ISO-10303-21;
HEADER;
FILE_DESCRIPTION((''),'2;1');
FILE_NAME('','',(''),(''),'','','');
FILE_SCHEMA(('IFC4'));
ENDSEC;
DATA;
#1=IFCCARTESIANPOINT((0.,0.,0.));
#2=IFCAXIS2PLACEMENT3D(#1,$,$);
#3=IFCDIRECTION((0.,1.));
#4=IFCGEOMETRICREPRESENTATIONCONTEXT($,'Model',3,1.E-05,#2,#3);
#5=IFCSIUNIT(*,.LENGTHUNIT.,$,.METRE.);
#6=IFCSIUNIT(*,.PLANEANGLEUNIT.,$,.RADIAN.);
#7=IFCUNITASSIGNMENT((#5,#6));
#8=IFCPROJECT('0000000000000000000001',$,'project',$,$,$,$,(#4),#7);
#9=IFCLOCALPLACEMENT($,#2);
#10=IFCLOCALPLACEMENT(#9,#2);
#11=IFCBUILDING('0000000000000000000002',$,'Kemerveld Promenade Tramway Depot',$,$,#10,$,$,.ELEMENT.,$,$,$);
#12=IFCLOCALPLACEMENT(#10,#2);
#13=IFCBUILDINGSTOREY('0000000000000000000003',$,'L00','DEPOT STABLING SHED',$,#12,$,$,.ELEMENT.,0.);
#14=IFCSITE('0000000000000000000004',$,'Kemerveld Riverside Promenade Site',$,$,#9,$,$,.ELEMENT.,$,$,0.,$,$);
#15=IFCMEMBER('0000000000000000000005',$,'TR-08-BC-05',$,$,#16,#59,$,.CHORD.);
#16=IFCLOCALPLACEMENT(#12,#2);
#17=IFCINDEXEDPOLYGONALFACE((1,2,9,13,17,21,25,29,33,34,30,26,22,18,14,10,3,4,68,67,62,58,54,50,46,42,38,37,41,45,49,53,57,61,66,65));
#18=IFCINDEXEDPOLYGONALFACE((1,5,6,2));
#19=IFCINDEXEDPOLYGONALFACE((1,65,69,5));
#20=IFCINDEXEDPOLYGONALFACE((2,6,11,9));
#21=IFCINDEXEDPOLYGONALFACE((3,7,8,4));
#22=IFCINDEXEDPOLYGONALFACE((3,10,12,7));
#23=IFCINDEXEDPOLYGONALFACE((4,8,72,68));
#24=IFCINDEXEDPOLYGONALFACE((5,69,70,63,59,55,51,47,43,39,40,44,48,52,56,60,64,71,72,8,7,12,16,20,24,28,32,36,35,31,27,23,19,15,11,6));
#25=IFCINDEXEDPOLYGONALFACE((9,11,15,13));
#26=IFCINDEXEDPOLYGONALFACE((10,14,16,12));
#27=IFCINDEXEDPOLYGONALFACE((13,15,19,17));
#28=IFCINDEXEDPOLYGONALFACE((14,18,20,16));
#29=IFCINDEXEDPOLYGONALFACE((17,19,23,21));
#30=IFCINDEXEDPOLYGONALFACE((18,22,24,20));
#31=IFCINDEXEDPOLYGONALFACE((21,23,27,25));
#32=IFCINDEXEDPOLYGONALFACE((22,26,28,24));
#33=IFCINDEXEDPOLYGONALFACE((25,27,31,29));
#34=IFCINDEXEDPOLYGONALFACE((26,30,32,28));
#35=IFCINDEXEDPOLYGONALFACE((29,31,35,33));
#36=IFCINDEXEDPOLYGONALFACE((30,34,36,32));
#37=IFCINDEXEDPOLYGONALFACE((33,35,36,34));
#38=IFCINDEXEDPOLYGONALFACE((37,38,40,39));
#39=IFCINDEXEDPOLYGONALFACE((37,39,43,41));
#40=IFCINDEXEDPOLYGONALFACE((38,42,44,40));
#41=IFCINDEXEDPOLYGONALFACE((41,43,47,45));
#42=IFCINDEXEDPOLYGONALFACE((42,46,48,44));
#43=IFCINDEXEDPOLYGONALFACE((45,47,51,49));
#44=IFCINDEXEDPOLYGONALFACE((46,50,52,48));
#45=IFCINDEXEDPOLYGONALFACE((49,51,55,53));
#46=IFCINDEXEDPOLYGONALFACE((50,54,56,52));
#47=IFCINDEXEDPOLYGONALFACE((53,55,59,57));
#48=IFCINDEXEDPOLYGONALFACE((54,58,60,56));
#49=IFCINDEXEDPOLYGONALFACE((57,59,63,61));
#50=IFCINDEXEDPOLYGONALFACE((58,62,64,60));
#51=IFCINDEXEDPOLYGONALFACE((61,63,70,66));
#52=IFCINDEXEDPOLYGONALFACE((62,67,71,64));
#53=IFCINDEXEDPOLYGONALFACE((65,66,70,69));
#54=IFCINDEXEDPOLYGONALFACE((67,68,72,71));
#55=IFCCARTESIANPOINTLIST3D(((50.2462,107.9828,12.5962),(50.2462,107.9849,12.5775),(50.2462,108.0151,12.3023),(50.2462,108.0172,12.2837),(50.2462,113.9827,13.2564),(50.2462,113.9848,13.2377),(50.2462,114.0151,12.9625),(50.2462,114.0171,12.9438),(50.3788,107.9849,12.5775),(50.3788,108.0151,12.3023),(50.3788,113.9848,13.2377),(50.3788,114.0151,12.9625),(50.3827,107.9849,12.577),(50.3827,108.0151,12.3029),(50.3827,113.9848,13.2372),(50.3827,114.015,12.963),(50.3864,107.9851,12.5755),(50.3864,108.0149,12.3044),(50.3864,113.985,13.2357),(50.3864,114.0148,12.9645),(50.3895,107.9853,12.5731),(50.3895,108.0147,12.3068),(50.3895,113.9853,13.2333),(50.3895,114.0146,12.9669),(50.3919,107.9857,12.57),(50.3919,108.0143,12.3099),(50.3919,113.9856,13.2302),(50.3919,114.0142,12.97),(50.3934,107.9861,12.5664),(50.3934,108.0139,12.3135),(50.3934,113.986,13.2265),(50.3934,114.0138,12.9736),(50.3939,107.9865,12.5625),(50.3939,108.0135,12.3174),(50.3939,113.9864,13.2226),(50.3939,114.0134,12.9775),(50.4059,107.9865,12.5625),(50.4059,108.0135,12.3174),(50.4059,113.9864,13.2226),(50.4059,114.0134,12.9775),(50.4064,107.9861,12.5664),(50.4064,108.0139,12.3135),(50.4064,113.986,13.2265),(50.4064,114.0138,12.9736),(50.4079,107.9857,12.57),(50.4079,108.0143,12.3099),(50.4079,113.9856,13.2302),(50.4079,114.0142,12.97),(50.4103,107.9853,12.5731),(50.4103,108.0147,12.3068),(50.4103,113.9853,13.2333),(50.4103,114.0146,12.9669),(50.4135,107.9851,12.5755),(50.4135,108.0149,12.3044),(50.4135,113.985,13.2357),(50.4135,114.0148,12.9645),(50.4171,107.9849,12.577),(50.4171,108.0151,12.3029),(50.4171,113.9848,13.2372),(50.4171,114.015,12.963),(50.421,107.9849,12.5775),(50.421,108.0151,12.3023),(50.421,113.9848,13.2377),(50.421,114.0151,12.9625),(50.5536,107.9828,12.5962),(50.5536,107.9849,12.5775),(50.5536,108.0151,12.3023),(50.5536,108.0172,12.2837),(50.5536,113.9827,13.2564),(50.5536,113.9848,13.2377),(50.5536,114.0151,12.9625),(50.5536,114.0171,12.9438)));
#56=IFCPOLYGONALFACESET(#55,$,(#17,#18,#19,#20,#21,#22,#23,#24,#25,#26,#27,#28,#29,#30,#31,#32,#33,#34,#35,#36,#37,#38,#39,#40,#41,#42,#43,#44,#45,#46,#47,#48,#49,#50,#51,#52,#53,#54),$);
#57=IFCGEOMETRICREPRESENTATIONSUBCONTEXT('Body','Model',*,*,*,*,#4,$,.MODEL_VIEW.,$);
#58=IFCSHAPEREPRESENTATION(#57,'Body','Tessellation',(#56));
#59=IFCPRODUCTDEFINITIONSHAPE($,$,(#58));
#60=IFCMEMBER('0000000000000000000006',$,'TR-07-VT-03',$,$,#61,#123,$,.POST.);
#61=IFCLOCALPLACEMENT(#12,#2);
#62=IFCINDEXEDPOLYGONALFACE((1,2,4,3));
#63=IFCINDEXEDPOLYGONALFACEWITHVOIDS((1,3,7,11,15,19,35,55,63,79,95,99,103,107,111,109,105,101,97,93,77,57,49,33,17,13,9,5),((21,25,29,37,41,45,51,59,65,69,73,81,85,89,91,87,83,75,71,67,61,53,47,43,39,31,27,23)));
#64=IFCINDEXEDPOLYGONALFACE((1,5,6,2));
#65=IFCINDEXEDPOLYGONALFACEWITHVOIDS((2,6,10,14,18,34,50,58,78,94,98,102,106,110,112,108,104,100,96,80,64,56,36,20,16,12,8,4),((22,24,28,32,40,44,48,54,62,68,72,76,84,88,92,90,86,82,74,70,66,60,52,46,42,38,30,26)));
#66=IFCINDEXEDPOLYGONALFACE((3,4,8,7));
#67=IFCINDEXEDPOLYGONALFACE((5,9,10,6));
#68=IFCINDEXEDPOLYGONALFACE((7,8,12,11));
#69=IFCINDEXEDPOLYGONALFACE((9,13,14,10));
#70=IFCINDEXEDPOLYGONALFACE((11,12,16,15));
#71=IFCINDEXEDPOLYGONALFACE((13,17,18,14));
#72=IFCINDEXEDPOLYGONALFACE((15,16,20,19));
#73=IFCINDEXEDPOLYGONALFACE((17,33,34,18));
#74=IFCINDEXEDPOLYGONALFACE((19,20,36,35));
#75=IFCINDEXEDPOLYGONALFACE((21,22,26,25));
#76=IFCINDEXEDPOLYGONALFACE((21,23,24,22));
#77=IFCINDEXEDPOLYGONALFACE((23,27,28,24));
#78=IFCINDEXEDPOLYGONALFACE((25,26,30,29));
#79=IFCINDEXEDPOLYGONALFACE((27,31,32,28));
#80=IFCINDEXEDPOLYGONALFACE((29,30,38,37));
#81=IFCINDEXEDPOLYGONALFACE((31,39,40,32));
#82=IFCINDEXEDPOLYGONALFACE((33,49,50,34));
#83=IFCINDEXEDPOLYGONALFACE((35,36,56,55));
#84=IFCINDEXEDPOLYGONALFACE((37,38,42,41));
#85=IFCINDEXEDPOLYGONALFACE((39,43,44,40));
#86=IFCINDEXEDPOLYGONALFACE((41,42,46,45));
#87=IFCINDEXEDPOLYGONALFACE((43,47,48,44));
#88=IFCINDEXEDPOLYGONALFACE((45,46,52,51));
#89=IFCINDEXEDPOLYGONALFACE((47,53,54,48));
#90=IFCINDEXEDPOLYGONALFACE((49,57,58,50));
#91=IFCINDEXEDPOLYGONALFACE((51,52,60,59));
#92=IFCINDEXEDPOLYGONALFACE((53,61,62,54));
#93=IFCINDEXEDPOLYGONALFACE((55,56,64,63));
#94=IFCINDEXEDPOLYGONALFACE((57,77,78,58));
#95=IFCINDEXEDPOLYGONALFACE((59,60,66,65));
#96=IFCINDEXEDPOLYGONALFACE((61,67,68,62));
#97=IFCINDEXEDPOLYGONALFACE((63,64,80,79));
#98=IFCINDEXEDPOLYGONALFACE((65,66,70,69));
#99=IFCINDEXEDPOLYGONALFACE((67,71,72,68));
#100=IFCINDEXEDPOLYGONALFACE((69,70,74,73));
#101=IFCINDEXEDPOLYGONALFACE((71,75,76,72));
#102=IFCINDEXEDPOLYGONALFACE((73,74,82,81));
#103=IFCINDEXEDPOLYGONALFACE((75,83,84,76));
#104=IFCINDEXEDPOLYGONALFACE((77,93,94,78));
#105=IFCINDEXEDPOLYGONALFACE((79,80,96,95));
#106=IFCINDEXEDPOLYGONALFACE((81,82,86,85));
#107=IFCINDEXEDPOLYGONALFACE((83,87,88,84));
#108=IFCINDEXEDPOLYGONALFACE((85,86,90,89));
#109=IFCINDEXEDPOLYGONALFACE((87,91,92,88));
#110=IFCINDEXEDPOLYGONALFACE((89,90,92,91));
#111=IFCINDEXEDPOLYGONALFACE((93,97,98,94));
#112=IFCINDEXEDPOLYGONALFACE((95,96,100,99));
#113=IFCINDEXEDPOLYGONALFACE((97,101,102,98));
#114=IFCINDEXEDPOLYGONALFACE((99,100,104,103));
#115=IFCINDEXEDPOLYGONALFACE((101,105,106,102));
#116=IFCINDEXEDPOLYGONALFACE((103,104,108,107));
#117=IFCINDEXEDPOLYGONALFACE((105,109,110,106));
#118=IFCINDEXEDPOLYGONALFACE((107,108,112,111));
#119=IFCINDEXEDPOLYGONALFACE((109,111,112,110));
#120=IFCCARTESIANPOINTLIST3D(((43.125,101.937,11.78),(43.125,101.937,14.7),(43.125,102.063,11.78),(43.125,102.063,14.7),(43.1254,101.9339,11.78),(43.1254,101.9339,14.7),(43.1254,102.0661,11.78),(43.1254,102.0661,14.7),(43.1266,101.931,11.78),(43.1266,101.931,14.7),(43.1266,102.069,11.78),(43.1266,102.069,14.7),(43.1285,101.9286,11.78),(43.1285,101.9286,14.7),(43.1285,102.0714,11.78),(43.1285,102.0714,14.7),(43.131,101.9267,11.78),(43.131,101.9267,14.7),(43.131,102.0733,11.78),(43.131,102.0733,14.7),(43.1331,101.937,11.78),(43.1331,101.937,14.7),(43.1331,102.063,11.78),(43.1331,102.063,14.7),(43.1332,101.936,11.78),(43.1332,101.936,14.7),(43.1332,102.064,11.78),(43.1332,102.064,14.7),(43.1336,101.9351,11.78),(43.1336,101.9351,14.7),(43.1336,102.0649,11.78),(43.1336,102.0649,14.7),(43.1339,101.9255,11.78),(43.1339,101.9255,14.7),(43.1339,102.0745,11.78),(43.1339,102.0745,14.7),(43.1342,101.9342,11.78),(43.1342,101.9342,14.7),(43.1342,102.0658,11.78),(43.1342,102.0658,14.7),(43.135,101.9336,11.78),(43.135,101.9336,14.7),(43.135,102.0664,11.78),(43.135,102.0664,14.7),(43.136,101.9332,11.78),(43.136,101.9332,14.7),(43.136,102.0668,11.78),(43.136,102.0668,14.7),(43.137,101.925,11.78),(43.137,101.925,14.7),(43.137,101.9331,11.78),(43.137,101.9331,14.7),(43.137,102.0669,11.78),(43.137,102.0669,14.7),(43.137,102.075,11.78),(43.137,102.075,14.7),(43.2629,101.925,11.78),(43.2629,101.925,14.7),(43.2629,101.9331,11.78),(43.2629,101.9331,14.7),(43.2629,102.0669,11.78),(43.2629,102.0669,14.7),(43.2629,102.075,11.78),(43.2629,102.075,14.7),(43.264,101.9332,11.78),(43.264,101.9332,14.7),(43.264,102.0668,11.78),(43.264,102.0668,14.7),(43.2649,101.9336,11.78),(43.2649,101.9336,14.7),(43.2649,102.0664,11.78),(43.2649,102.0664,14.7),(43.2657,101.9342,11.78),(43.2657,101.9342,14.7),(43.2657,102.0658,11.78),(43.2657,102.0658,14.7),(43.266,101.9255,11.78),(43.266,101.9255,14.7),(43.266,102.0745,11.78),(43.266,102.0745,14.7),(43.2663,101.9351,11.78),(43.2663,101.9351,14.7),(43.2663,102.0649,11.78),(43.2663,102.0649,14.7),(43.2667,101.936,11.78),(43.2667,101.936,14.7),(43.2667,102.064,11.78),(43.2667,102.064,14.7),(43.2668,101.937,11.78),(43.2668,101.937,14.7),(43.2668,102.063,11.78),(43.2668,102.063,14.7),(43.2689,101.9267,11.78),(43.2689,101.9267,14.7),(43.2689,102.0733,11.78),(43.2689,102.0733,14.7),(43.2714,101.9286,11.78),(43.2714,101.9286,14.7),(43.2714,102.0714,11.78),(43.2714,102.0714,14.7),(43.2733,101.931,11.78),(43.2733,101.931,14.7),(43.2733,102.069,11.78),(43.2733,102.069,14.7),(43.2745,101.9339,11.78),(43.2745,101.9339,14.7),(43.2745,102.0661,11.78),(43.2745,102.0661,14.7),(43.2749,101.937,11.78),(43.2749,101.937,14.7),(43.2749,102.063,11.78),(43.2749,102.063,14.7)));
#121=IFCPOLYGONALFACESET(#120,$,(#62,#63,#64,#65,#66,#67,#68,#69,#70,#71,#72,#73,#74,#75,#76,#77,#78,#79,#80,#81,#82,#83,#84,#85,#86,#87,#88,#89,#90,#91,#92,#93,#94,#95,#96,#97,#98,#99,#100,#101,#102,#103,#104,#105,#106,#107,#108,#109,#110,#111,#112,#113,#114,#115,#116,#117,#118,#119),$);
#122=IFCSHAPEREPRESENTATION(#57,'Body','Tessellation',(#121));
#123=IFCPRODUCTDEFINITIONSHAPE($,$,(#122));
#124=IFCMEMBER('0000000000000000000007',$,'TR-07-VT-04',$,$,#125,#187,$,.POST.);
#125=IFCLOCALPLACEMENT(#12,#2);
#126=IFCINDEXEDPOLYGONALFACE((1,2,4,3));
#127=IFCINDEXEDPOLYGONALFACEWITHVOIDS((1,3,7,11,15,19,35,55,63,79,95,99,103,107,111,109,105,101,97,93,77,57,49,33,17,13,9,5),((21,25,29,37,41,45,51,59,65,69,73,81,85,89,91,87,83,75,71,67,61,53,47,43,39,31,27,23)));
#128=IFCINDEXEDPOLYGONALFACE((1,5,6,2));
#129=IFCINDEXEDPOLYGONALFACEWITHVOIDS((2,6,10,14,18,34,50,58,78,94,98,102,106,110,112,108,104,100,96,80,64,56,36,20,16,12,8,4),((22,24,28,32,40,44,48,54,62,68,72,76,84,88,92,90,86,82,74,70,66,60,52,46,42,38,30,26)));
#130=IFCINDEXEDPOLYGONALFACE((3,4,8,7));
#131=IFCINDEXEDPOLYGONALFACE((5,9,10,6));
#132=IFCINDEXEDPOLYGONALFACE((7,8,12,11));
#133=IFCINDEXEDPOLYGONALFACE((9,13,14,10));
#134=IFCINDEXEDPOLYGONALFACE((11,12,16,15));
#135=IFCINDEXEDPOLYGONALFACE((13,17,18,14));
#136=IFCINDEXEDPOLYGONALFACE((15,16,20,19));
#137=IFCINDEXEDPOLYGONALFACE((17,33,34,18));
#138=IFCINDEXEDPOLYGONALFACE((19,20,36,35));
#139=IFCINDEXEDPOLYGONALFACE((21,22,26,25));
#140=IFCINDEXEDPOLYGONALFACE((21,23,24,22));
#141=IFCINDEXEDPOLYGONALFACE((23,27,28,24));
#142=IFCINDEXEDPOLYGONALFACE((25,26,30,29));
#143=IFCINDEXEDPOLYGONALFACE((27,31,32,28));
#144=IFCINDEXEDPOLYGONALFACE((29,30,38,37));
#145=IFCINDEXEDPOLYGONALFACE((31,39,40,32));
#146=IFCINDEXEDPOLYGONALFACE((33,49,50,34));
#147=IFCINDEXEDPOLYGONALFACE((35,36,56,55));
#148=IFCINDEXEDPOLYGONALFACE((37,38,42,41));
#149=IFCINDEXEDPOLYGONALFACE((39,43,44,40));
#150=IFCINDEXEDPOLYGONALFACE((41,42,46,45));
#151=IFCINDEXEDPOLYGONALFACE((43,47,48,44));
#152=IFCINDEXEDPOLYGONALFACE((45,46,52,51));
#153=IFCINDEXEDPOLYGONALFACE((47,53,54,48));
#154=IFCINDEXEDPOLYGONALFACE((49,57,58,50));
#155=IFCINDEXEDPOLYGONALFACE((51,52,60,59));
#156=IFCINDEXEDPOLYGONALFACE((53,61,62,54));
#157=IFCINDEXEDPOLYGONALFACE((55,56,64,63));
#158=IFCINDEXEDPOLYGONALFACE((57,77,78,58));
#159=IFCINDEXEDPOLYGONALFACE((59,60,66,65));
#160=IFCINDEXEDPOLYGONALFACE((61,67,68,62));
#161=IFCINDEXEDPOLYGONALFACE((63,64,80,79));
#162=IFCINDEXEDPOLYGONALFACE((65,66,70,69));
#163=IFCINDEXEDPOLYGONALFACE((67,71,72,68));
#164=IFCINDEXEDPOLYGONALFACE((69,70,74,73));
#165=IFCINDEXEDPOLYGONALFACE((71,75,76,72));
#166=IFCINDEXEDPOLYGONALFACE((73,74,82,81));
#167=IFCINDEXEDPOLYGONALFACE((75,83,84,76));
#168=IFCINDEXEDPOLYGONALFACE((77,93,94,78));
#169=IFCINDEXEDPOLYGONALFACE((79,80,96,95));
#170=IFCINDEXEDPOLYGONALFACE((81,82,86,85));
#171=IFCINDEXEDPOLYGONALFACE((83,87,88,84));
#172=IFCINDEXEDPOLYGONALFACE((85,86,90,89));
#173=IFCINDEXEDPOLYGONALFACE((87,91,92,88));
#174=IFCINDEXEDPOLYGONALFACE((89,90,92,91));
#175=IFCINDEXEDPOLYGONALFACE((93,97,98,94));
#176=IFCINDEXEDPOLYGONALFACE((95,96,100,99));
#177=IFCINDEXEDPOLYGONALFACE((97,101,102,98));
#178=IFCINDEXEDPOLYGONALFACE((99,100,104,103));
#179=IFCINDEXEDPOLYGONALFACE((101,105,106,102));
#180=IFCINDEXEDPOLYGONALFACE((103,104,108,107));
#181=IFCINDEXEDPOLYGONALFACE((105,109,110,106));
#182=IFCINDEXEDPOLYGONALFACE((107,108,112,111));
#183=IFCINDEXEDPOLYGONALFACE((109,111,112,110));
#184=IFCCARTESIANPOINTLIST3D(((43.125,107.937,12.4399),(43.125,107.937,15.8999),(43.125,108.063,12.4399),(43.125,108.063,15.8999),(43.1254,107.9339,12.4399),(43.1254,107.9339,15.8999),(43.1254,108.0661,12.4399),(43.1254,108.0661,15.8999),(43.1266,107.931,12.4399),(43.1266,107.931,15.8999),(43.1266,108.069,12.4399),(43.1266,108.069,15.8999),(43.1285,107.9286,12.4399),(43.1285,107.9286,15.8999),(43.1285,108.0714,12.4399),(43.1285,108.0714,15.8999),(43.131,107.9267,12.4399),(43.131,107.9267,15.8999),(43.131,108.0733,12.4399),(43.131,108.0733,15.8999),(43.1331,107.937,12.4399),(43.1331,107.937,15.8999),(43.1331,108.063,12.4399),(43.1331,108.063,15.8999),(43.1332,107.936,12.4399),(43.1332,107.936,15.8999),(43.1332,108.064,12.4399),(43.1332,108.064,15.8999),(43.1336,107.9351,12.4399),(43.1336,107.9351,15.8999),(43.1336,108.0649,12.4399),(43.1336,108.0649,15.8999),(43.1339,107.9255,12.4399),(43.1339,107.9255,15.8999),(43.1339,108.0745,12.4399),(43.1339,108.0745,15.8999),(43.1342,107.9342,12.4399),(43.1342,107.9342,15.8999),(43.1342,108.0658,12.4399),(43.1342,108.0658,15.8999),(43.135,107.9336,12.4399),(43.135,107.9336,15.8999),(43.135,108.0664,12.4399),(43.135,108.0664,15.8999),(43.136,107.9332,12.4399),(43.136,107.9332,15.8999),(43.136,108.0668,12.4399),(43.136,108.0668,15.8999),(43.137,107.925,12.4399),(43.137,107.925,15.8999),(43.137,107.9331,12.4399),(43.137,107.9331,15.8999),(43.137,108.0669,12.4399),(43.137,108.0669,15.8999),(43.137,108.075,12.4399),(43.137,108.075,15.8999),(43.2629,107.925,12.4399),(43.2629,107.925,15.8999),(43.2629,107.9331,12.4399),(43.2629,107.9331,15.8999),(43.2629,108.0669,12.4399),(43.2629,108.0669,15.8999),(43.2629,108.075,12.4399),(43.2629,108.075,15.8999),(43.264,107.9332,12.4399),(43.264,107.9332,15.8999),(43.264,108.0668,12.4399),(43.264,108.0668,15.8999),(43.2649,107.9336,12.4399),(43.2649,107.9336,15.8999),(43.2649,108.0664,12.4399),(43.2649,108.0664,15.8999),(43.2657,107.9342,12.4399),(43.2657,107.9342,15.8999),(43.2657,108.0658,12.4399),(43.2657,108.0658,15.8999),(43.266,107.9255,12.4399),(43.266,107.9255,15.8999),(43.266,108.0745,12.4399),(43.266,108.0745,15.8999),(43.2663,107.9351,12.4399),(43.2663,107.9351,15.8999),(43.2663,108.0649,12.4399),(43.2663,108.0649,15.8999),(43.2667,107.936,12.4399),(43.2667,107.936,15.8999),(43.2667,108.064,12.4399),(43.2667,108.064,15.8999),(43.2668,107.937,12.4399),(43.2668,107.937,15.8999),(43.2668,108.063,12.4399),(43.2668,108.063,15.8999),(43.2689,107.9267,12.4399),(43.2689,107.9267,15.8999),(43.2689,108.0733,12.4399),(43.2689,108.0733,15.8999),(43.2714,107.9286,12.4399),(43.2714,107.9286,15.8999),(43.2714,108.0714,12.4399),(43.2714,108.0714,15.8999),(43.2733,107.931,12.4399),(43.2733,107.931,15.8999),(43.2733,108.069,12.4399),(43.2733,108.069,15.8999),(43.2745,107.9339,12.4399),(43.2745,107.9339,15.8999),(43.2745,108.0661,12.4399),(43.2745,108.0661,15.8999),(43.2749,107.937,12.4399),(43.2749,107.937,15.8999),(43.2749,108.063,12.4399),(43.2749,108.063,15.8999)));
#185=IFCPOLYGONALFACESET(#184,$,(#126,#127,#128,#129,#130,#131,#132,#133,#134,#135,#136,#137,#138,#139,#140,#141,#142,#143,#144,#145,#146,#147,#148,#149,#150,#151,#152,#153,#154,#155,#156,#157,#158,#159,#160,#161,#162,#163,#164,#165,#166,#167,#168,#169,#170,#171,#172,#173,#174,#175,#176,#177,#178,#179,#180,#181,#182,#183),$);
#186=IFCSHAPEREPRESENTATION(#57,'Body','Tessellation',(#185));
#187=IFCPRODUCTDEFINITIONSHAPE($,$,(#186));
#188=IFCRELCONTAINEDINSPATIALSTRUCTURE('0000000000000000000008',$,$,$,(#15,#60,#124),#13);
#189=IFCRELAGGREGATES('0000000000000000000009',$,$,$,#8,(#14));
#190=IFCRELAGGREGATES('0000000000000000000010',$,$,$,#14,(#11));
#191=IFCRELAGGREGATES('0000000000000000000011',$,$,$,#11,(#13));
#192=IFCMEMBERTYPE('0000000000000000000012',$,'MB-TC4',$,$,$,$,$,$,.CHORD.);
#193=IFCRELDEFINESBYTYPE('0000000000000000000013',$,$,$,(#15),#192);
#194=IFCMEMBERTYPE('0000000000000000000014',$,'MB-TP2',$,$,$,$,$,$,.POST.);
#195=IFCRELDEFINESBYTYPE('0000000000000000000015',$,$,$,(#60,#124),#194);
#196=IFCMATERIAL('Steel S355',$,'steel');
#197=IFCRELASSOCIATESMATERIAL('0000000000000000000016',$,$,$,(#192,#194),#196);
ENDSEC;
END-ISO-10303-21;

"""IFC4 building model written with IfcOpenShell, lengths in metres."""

from ifc_helpers import new_model, si_unit, direction, frame, origin, origin_2d, place, context, subcontext, project, spatial, hollow_rectangle, i_section, extrude, material, material_profile, profile_set, type_object, element, save


model = new_model("IFC4")

# Units and contexts
model_context = context("Model", 3, precision=1e-05, world=origin(), true_north=direction((0.0, 1.0)))
body_context = subcontext(model_context, "Body", "Model", "MODEL_VIEW")
ifc_project = project(units=[si_unit("LENGTHUNIT", "METRE"), si_unit("PLANEANGLEUNIT", "RADIAN")], contexts=[model_context])

# Site, building, storey
site_placement = place(None, origin())
site = spatial("IfcSite", under=ifc_project, at=site_placement, Name="Kemerveld Riverside Promenade Site", CompositionType="ELEMENT", RefElevation=0.0)
building_placement = place(site_placement, origin())
building = spatial("IfcBuilding", under=site, at=building_placement, Name="Kemerveld Promenade Tramway Depot", CompositionType="ELEMENT")
storey_placement = place(building_placement, origin())
storey = spatial("IfcBuildingStorey", under=building, at=storey_placement, Name="L00", Description="DEPOT STABLING SHED", CompositionType="ELEMENT", Elevation=0.0)

# Members
ifc_material = material(Name="Steel S355", Category="steel")
ifc_material_profile_1 = material_profile(ifc_material, i_section(OverallWidth=0.3074, OverallDepth=0.3145, WebThickness=0.012, FlangeThickness=0.0188, FilletRadius=0.0151, at=origin_2d()), Name="305x305x118 UC")
ifc_profile_set_1 = profile_set([ifc_material_profile_1], Name="Steel S355")
member_type_1 = type_object("IfcMemberType", Name="MB-TC4", PredefinedType="CHORD", material=ifc_profile_set_1)
for number, where, z_axis, x_axis, name in (
    (1, (50.3999, 108.0, 12.4399), (0.0, 0.994002, 0.109366), (-1.0, 0.0, 0.0), "TR-08-BC-05"),
):
    element("IfcMember", number, at=place(storey_placement, frame(where, z_axis=z_axis, x_axis=x_axis)), inside=storey, type_object=member_type_1, Name=name, PredefinedType="CHORD", context=body_context, shape_type="SweptSolid", body=[
        extrude(i_section(OverallWidth=0.3074, OverallDepth=0.3145, WebThickness=0.012, FlangeThickness=0.0188, FilletRadius=0.0151, at=origin_2d()), origin(), (0.0, 0.0, 1.0), 6.0361),
    ])
ifc_material_profile_2 = material_profile(ifc_material, hollow_rectangle(XDim=0.1499, YDim=0.1499, WallThickness=0.0081, InnerFilletRadius=0.0039, OuterFilletRadius=0.012, at=origin_2d()), Name="150x150x8.0 SHS")
ifc_profile_set_2 = profile_set([ifc_material_profile_2], Name="Steel S355")
member_type_2 = type_object("IfcMemberType", Name="MB-TP2", PredefinedType="POST", material=ifc_profile_set_2)
member_1_placement = place(storey_placement, frame((43.2, 102.0, 11.78), z_axis=(0.0, 0.0, 1.0), x_axis=(1.0, 0.0, 0.0)))
element("IfcMember", 2, at=member_1_placement, inside=storey, type_object=member_type_2, Name="TR-07-VT-03", PredefinedType="POST", context=body_context, shape_type="SweptSolid", body=[
    extrude(hollow_rectangle(XDim=0.1499, YDim=0.1499, WallThickness=0.0081, InnerFilletRadius=0.0039, OuterFilletRadius=0.012, at=origin_2d()), origin(), (0.0, 0.0, 1.0), 2.9199),
])
member_2_placement = place(storey_placement, frame((43.2, 108.0, 12.4399), z_axis=(0.0, 0.0, 1.0), x_axis=(1.0, 0.0, 0.0)))
element("IfcMember", 3, at=member_2_placement, inside=storey, type_object=member_type_2, Name="TR-07-VT-04", PredefinedType="POST", context=body_context, shape_type="SweptSolid", body=[
    extrude(hollow_rectangle(XDim=0.1499, YDim=0.1499, WallThickness=0.0081, InnerFilletRadius=0.0039, OuterFilletRadius=0.012, at=origin_2d()), origin(), (0.0, 0.0, 1.0), 3.46),
])

save(model, "model.ifc")
